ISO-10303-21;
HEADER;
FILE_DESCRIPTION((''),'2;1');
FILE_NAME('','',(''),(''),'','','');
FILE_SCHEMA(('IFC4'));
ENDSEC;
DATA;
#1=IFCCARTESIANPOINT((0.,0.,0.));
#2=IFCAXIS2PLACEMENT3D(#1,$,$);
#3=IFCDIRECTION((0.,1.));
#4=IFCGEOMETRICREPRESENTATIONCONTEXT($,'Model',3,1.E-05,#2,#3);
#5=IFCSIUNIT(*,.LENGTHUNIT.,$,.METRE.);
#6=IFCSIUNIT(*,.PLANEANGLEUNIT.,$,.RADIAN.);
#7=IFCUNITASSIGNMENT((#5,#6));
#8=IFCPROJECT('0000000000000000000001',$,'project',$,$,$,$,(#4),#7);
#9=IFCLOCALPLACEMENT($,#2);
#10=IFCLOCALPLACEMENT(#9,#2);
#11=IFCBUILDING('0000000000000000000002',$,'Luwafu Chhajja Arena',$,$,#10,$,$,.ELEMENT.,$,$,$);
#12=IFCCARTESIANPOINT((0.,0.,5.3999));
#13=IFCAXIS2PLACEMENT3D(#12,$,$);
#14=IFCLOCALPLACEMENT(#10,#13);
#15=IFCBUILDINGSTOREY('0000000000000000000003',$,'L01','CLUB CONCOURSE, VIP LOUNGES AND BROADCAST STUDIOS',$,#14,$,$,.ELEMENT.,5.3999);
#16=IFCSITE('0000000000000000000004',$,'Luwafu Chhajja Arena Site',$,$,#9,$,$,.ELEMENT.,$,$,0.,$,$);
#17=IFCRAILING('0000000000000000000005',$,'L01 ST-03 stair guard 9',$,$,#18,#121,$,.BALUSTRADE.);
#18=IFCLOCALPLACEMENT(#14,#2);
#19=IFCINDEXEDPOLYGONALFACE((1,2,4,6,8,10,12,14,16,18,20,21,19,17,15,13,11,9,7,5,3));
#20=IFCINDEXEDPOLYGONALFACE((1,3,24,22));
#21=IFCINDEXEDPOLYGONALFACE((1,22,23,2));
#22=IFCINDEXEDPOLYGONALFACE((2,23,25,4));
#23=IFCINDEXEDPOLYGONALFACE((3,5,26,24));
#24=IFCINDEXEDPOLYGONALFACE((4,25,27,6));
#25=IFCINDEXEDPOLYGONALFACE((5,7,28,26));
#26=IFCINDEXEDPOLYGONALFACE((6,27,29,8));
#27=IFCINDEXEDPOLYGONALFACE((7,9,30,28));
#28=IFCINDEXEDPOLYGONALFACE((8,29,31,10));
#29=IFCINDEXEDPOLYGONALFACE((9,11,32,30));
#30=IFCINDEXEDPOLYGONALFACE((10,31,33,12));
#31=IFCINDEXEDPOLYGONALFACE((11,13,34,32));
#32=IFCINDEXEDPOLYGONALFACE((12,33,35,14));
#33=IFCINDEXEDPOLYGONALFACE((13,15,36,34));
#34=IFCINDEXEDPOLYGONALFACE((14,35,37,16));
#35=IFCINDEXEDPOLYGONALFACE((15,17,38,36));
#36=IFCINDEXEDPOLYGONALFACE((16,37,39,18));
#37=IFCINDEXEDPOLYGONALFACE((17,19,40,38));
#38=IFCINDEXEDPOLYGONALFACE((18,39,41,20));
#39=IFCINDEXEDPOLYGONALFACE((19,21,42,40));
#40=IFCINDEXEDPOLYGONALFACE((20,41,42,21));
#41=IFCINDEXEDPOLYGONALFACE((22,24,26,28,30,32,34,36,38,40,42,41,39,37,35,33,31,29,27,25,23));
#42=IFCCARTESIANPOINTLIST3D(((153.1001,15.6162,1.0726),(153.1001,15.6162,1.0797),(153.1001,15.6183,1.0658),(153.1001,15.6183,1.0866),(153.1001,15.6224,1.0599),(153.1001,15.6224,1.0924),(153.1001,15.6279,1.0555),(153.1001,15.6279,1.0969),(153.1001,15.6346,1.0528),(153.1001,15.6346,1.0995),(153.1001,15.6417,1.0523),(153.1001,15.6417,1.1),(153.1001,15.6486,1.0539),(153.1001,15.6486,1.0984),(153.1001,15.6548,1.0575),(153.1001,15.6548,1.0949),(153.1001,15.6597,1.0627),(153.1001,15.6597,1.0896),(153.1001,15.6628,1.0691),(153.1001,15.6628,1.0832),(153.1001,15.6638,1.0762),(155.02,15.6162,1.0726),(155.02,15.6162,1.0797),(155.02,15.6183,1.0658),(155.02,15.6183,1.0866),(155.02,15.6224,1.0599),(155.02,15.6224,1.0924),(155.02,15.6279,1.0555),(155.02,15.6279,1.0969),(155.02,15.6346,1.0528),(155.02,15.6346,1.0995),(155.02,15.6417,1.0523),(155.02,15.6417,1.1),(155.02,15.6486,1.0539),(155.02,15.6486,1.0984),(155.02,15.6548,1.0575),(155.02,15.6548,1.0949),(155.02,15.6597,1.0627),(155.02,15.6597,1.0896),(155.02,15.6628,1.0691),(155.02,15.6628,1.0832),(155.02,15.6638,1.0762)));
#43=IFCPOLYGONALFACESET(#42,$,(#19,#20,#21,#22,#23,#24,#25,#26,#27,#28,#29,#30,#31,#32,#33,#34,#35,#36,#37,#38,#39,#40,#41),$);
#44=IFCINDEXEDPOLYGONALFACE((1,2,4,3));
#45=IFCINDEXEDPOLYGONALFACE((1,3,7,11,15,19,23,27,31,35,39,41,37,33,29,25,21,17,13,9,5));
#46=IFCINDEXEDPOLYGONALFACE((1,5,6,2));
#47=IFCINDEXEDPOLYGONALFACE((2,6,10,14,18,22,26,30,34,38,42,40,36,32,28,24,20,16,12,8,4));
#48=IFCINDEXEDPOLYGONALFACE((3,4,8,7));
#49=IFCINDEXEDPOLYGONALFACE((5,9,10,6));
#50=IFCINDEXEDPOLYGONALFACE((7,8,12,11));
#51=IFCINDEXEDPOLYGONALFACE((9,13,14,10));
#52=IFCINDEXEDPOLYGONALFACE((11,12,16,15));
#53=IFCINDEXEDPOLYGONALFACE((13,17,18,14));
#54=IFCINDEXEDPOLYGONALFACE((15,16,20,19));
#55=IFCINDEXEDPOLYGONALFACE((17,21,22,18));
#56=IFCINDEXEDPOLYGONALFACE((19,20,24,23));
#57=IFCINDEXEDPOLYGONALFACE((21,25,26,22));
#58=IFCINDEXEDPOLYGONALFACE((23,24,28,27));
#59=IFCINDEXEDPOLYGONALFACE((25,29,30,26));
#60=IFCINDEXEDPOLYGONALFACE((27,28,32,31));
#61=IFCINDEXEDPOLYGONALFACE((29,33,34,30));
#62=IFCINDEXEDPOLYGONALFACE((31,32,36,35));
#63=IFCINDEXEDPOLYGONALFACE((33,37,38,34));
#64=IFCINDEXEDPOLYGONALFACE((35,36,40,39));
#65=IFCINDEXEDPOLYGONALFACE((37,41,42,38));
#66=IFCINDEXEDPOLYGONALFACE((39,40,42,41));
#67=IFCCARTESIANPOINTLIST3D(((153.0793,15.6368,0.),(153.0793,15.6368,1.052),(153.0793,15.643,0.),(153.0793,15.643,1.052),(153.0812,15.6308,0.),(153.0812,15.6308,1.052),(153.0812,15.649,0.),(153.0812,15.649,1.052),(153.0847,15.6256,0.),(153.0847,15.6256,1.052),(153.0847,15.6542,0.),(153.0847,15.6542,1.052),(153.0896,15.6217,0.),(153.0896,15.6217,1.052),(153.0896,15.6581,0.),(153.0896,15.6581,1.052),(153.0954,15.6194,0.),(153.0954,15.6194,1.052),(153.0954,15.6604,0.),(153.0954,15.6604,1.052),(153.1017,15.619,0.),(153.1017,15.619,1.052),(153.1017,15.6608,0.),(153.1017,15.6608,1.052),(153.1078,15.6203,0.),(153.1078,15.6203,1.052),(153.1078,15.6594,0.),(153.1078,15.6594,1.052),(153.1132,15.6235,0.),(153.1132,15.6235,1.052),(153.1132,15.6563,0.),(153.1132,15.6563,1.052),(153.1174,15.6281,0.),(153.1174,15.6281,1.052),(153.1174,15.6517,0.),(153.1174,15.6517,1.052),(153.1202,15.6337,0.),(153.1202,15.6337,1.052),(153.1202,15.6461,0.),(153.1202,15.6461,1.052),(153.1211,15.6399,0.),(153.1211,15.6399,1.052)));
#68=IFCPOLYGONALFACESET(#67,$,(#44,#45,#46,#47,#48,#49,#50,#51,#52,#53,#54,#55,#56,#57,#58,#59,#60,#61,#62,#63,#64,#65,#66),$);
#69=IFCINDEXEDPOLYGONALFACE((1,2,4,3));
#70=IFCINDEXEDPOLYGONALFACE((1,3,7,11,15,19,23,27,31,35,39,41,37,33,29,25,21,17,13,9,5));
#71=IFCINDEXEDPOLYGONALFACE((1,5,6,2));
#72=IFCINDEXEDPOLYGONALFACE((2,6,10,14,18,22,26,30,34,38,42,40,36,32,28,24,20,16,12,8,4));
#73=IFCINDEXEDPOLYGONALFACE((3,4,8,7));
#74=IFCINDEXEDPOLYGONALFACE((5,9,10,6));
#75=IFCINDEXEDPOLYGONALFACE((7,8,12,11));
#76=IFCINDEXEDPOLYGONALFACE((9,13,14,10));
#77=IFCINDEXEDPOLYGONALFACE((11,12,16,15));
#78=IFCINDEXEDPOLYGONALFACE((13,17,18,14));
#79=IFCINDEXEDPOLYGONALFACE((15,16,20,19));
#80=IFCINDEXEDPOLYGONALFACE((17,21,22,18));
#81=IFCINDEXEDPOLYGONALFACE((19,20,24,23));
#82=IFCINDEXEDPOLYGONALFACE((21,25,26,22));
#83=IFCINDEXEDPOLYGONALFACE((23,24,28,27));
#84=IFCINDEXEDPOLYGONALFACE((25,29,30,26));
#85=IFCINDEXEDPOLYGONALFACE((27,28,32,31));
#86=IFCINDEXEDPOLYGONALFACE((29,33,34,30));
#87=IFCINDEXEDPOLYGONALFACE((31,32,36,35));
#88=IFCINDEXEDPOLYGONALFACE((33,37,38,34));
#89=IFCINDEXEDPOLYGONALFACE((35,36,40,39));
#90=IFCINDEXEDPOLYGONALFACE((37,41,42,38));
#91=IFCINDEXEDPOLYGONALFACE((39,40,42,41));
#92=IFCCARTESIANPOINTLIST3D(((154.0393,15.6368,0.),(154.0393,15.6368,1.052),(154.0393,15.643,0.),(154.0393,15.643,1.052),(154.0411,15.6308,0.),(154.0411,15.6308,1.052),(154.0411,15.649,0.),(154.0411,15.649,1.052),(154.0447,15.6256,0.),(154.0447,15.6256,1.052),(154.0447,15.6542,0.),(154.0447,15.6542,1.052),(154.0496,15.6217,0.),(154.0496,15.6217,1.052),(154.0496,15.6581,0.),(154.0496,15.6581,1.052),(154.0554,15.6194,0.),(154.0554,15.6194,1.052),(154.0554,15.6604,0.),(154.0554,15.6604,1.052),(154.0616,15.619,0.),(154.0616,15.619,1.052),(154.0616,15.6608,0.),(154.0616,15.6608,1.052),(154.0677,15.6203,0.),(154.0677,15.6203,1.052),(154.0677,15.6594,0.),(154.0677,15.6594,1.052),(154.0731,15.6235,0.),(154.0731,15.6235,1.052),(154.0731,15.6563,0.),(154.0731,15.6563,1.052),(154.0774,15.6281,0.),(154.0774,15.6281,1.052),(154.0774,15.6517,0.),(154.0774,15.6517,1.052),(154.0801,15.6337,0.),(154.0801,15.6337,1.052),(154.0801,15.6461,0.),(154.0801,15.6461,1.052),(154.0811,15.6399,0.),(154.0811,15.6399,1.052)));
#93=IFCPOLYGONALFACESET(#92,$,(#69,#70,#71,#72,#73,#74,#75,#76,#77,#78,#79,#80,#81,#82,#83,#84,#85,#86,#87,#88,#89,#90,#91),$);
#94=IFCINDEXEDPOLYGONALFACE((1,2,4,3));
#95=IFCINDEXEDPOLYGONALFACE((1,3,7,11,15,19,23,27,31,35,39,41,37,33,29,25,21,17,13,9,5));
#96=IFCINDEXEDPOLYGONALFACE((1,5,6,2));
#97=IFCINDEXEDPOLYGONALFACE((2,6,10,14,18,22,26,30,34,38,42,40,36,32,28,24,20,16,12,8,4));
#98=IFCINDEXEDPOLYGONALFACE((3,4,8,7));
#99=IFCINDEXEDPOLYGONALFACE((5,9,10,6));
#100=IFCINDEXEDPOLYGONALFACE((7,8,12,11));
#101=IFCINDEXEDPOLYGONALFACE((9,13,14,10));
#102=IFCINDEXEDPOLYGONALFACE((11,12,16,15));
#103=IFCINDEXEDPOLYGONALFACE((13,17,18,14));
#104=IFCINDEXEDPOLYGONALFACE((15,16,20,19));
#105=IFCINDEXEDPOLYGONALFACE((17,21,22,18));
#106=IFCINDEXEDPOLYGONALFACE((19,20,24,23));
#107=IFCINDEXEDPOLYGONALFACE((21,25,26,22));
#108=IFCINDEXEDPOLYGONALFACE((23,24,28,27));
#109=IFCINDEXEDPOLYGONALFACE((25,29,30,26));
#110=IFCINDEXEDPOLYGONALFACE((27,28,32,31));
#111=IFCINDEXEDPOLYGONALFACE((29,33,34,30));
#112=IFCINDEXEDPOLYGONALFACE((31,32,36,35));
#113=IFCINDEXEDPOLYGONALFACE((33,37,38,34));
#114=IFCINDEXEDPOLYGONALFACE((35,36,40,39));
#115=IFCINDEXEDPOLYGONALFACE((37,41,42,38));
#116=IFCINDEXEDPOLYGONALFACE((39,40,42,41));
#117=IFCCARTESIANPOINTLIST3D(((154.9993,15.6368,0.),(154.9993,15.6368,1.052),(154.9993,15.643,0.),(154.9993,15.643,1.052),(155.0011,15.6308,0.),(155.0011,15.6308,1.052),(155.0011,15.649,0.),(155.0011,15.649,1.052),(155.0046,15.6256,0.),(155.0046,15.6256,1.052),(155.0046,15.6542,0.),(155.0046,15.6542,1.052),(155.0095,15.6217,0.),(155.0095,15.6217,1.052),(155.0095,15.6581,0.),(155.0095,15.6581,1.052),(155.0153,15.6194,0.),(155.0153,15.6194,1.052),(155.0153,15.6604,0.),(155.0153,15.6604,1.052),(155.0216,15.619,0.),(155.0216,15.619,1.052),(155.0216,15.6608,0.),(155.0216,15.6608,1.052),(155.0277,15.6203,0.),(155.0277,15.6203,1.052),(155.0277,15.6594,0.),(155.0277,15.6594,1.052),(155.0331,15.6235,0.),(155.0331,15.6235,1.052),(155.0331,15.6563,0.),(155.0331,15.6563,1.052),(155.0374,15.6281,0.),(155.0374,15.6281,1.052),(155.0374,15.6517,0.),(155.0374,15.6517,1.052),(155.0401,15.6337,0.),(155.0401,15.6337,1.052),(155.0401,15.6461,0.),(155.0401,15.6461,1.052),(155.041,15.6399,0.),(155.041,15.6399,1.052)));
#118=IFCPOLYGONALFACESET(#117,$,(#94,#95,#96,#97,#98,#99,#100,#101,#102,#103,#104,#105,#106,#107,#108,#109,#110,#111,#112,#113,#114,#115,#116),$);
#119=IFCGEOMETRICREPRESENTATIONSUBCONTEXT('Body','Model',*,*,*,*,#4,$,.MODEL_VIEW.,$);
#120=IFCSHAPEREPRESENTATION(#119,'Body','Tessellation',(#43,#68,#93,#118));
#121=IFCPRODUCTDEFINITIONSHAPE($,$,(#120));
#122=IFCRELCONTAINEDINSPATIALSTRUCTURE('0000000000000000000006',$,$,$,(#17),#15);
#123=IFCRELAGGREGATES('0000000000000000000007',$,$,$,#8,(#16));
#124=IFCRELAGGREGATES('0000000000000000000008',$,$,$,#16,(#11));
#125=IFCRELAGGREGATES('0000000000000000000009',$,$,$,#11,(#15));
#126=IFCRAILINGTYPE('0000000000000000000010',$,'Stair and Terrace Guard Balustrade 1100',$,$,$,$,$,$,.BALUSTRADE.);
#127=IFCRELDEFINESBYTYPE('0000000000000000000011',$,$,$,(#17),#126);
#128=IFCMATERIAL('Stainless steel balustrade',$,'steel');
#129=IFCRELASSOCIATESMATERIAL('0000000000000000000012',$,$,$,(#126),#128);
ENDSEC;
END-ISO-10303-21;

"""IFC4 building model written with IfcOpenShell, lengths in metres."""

from ifc_helpers import new_model, si_unit, direction, frame, origin, origin_2d, place, context, subcontext, project, spatial, circle, extrude, material, type_object, element, save


model = new_model("IFC4")

# Units and contexts
model_context = context("Model", 3, precision=1e-05, world=origin(), true_north=direction((0.0, 1.0)))
body_context = subcontext(model_context, "Body", "Model", "MODEL_VIEW")
ifc_project = project(units=[si_unit("LENGTHUNIT", "METRE"), si_unit("PLANEANGLEUNIT", "RADIAN")], contexts=[model_context])

# Site, building, storey
site_placement = place(None, origin())
site = spatial("IfcSite", under=ifc_project, at=site_placement, Name="Luwafu Chhajja Arena Site", CompositionType="ELEMENT", RefElevation=0.0)
building_placement = place(site_placement, origin())
building = spatial("IfcBuilding", under=site, at=building_placement, Name="Luwafu Chhajja Arena", CompositionType="ELEMENT")
storey_placement = place(building_placement, frame((0.0, 0.0, 5.3999)))
storey = spatial("IfcBuildingStorey", under=building, at=storey_placement, Name="L01", Description="CLUB CONCOURSE, VIP LOUNGES AND BROADCAST STUDIOS", CompositionType="ELEMENT", Elevation=5.3999)

# Railing
ifc_material_1 = material(Name="Stainless steel balustrade", Category="steel")
railing_type_1 = type_object("IfcRailingType", Name="Stair and Terrace Guard Balustrade 1100", PredefinedType="BALUSTRADE", material=ifc_material_1)
for number, where, name in (
    (1, (153.1001, 15.6399, 0.0), "L01 ST-03 stair guard 9"),
):
    element("IfcRailing", number, at=place(storey_placement, frame(where)), inside=storey, type_object=railing_type_1, Name=name, PredefinedType="BALUSTRADE", context=body_context, shape_type="SweptSolid", body=[
        extrude(circle(Radius=0.0239, at=origin_2d()), frame((0.0, 0.0, 1.0762), z_axis=(1.0, 0.0, 0.0), x_axis=(0.0, 1.0, 0.0)), (0.0, 0.0, 1.0), 1.9199),
        extrude(circle(Radius=0.021, at=origin_2d()), origin(), (0.0, 0.0, 1.0), 1.052),
        extrude(circle(Radius=0.021, at=origin_2d()), frame((0.96, 0.0, 0.0)), (0.0, 0.0, 1.0), 1.052),
        extrude(circle(Radius=0.021, at=origin_2d()), frame((1.9199, 0.0, 0.0)), (0.0, 0.0, 1.0), 1.052),
    ])

save(model, "model.ifc")
